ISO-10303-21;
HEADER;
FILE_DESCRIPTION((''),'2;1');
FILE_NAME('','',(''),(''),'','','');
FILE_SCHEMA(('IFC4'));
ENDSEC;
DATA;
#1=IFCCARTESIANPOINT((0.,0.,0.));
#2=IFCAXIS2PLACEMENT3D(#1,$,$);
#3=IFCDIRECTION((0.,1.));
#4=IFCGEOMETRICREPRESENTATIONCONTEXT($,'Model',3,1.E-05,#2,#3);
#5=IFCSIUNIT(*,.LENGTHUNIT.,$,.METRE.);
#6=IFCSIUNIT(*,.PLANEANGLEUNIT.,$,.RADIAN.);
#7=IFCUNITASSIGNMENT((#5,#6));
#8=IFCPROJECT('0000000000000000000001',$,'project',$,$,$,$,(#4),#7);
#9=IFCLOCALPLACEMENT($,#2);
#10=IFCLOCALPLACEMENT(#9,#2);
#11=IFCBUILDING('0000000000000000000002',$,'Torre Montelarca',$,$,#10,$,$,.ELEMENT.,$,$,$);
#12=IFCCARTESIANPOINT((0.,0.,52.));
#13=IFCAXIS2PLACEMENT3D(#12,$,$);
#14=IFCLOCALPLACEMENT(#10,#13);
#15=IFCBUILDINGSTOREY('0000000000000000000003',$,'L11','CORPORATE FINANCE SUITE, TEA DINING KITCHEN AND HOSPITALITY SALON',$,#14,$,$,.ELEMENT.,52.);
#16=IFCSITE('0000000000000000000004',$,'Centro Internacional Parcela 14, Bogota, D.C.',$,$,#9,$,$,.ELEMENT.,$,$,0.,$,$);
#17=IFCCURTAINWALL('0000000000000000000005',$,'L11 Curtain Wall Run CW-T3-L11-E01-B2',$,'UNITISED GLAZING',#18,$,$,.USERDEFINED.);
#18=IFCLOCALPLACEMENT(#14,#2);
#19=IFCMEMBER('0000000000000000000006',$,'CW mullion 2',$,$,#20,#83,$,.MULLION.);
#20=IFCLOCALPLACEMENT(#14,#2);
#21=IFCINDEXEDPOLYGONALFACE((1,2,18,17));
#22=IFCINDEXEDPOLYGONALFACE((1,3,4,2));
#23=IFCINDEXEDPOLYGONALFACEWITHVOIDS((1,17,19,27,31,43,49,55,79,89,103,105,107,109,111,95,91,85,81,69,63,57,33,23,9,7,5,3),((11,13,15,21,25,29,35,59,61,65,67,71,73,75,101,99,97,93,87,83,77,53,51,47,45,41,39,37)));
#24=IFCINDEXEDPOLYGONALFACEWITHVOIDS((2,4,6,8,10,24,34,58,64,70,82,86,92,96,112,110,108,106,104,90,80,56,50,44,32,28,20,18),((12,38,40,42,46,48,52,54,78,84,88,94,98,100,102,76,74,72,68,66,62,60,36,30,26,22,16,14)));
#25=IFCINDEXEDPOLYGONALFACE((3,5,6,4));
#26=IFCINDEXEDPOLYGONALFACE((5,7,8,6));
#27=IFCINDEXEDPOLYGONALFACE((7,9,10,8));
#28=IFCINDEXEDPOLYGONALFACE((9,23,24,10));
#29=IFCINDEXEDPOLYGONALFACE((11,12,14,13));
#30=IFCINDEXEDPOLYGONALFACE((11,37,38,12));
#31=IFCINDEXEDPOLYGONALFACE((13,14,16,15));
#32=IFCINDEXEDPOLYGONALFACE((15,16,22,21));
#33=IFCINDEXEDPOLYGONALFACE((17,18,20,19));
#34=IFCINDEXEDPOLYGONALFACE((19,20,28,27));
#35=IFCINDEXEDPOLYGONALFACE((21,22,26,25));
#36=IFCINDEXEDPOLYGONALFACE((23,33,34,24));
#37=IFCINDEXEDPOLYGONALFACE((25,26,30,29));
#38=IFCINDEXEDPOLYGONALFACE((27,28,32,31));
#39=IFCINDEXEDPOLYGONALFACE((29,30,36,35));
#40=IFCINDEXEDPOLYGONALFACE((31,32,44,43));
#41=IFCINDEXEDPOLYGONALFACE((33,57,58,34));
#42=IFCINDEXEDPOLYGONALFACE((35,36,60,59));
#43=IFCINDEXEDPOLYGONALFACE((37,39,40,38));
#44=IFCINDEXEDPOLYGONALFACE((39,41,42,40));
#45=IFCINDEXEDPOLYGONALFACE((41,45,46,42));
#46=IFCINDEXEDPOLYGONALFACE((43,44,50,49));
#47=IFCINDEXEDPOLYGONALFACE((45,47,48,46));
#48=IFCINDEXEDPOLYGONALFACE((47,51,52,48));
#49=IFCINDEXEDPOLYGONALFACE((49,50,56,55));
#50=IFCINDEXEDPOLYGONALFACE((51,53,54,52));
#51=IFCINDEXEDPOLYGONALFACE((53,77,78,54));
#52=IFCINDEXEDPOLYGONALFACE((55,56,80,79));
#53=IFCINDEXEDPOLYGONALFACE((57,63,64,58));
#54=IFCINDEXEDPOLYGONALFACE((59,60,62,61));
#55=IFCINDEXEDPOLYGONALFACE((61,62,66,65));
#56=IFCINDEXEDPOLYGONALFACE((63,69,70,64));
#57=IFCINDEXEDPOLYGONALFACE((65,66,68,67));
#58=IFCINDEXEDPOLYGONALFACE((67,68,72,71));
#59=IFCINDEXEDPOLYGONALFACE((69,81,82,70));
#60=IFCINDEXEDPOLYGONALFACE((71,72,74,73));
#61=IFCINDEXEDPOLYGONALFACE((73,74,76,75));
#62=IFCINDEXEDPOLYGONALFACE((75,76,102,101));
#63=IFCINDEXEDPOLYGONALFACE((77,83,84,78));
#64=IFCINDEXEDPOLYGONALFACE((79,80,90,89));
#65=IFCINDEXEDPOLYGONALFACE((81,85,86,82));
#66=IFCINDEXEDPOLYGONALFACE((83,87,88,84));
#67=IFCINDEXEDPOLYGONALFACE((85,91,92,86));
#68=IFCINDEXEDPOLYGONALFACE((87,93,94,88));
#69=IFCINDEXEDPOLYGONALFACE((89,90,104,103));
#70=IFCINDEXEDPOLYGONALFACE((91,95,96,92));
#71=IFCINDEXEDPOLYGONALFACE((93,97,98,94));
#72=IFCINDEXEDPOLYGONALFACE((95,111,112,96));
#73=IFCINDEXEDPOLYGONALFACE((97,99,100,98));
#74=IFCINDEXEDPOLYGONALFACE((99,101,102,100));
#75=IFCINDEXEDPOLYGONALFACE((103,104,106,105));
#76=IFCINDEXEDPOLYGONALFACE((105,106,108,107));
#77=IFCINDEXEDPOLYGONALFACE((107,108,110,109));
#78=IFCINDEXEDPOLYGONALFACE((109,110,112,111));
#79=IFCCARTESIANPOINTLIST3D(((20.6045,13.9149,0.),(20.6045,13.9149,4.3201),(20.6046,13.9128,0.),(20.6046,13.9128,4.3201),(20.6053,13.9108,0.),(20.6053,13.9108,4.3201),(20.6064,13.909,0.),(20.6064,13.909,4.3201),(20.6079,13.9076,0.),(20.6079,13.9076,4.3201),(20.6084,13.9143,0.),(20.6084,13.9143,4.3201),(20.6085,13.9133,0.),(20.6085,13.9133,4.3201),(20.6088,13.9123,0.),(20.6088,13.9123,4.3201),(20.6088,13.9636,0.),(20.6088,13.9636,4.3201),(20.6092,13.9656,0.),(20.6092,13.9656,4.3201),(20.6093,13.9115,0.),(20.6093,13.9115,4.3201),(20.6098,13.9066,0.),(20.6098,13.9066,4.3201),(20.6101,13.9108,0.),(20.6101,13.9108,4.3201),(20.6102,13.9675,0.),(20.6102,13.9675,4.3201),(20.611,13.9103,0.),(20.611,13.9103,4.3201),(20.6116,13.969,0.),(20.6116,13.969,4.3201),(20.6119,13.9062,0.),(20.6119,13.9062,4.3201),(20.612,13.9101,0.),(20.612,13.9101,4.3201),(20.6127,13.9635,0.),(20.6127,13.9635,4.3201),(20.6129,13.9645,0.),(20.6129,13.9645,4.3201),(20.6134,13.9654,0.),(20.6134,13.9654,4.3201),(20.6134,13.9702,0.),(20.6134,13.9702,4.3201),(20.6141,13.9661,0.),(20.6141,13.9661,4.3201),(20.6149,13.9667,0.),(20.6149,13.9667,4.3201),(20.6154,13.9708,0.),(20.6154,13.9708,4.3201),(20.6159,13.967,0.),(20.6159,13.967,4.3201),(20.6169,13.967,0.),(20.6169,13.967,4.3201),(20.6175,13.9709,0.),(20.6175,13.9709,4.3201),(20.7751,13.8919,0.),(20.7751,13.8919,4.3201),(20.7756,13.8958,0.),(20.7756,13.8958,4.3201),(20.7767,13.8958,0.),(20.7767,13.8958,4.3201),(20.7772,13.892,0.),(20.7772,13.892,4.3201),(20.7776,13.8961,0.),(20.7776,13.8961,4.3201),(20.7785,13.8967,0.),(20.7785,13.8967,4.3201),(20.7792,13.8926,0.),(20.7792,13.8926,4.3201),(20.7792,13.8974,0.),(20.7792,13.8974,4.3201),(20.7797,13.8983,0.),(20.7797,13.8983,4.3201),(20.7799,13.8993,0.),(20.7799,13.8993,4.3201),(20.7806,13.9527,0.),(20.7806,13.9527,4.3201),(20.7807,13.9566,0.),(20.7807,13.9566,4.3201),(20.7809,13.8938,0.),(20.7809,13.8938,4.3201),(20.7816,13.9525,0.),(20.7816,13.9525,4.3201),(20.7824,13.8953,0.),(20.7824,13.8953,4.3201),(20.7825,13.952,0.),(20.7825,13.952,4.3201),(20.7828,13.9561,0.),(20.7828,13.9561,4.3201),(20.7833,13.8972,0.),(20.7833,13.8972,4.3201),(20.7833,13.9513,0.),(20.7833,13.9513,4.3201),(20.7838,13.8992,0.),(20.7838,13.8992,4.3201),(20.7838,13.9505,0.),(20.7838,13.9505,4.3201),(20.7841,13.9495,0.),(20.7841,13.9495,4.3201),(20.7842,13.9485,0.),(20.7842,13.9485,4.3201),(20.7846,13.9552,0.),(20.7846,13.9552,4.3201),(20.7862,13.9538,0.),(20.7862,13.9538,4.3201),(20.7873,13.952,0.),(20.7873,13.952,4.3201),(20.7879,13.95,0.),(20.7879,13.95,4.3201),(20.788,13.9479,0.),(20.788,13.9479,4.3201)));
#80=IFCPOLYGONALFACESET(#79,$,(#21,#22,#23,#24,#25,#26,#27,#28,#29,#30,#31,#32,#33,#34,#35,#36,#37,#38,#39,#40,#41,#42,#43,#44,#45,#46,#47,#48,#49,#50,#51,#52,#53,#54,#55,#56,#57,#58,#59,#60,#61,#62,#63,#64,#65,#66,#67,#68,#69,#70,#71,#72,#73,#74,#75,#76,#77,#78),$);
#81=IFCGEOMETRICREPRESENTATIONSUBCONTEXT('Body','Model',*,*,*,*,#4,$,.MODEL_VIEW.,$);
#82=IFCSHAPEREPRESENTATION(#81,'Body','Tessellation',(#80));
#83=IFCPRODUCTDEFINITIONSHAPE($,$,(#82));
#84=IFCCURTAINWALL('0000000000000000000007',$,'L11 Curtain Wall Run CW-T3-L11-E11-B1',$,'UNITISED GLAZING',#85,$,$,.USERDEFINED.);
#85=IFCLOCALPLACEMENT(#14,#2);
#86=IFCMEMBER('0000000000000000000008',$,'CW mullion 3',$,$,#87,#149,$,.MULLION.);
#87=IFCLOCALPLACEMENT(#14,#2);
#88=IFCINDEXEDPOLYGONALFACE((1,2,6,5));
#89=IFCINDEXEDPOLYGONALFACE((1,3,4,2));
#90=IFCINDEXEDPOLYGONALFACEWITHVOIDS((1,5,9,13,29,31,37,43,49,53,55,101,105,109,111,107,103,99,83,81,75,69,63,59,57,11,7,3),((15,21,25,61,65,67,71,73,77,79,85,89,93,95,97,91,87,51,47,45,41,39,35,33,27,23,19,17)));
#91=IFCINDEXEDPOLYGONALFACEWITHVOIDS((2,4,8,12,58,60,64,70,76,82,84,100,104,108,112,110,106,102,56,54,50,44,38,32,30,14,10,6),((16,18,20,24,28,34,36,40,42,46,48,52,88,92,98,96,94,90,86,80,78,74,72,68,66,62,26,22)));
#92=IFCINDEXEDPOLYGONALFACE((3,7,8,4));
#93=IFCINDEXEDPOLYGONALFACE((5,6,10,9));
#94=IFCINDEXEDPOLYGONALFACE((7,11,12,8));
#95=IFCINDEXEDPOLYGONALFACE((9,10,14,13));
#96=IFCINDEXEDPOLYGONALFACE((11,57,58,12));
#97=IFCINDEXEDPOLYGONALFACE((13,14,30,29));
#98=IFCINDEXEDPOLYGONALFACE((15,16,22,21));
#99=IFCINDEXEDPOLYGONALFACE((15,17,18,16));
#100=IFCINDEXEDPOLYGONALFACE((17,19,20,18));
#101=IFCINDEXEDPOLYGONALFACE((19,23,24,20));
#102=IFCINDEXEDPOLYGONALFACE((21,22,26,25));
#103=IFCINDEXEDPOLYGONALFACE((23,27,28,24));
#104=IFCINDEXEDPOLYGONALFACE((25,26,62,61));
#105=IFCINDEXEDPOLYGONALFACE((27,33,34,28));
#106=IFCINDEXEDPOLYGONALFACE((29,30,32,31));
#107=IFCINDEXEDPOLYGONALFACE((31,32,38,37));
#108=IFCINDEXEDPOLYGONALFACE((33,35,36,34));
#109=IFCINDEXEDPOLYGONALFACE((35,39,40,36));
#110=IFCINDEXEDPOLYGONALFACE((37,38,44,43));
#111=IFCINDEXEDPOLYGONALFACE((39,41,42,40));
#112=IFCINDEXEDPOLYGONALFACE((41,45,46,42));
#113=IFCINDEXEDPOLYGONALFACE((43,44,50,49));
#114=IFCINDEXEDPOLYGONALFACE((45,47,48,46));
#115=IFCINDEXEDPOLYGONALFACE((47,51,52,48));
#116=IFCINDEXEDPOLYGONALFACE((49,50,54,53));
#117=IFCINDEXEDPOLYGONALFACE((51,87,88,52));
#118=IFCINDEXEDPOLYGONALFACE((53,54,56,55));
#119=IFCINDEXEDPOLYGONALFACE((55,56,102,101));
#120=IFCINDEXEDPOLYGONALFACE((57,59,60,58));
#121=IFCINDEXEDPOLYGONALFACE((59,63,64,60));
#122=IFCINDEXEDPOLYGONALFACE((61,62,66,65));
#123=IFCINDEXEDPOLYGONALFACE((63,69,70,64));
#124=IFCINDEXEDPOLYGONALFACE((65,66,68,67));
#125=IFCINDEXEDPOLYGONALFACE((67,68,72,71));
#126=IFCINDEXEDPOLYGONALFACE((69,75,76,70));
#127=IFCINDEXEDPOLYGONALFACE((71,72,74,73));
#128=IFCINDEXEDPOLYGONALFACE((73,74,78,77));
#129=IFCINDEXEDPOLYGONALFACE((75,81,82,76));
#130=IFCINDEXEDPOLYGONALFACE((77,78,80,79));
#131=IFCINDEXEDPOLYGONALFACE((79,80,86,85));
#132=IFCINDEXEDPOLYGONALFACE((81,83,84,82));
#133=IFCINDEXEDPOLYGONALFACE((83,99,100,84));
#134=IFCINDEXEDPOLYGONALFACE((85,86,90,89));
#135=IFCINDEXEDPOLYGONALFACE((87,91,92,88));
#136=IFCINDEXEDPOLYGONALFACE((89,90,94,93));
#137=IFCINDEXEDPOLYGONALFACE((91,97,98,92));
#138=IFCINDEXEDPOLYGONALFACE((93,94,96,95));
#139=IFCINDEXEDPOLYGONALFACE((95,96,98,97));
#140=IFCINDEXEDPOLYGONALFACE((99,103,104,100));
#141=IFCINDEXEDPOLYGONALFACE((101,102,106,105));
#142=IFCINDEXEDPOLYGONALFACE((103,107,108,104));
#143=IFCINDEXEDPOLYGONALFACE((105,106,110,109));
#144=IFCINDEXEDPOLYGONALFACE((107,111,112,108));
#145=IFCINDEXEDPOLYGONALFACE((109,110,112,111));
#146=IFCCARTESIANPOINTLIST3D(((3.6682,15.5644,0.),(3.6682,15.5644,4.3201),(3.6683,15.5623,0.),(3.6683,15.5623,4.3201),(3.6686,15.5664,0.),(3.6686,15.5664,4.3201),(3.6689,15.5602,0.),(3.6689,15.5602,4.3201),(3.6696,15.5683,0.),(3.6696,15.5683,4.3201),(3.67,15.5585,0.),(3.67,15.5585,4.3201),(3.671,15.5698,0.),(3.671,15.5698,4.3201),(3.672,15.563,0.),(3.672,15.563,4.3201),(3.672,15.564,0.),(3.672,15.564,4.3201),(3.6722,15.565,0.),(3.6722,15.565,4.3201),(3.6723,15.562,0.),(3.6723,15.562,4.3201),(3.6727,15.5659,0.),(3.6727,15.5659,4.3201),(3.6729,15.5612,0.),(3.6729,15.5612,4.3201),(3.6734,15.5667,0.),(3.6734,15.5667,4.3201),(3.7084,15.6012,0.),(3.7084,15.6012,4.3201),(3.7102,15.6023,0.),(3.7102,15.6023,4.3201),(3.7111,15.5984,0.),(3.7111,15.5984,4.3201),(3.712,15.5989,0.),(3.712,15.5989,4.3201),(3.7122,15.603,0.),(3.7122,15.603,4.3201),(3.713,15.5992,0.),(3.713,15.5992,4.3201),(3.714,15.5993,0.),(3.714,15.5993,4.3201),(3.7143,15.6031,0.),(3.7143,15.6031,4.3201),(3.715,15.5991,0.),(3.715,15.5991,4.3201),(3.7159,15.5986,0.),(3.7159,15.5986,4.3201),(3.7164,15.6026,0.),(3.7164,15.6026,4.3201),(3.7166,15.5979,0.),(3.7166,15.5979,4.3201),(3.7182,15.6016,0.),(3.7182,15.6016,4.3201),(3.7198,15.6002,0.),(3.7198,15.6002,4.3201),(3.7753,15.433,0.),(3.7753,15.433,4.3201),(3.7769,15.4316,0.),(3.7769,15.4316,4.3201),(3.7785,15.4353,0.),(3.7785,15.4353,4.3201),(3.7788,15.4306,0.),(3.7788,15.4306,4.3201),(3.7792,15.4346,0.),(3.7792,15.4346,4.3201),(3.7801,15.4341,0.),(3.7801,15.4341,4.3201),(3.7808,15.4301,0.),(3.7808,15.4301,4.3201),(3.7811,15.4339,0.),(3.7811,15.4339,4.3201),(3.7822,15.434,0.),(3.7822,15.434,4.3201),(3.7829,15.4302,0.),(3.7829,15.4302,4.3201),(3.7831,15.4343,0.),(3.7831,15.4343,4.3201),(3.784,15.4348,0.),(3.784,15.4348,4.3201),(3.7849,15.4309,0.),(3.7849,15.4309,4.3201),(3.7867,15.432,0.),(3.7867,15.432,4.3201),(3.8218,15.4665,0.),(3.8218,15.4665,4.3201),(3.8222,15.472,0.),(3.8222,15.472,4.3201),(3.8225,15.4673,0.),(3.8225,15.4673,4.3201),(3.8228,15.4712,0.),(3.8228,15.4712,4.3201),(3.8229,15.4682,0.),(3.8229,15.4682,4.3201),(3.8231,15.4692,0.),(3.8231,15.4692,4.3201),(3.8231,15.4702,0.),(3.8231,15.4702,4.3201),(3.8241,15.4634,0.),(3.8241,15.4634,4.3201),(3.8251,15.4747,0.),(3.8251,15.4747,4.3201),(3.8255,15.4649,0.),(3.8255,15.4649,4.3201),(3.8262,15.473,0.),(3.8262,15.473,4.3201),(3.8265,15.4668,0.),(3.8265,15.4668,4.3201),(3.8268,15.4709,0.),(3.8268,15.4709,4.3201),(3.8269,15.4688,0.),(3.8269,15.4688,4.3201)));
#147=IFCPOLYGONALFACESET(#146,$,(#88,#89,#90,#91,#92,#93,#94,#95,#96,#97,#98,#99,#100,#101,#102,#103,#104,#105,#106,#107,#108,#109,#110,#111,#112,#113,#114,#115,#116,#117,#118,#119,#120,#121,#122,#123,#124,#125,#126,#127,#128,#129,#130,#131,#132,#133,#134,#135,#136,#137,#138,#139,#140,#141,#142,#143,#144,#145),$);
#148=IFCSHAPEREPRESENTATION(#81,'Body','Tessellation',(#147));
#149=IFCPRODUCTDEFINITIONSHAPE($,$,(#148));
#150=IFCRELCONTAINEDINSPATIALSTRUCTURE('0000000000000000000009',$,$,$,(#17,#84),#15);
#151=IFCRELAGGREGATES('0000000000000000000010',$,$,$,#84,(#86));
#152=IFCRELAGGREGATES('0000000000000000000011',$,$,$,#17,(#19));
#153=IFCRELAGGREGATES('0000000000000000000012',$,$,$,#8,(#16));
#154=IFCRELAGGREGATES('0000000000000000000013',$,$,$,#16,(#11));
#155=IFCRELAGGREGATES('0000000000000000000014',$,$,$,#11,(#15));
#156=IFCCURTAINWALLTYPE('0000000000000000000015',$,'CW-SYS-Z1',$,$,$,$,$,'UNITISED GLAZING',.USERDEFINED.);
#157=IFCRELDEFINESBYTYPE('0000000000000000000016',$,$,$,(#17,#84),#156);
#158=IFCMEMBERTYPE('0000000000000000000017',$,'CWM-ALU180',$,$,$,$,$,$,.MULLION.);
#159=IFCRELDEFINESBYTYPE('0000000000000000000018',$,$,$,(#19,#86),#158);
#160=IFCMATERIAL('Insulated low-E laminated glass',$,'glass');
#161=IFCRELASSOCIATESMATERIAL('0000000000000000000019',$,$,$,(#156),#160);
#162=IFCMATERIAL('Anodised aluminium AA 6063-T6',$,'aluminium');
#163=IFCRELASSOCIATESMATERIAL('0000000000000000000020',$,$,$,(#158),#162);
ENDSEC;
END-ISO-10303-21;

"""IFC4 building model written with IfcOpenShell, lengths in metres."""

from ifc_helpers import new_model, si_unit, direction, frame, origin, origin_2d, place, context, subcontext, project, spatial, hollow_rectangle, extrude, source, transform, mapped, material, material_profile, profile_set, type_object, element, aggregate, save


model = new_model("IFC4")

# Units and contexts
model_context = context("Model", 3, precision=1e-05, world=origin(), true_north=direction((0.0, 1.0)))
body_context = subcontext(model_context, "Body", "Model", "MODEL_VIEW")
ifc_project = project(units=[si_unit("LENGTHUNIT", "METRE"), si_unit("PLANEANGLEUNIT", "RADIAN")], contexts=[model_context])

# Site, building, storey
site_placement = place(None, origin())
site = spatial("IfcSite", under=ifc_project, at=site_placement, Name="Centro Internacional Parcela 14, Bogota, D.C.", CompositionType="ELEMENT", RefElevation=0.0)
building_placement = place(site_placement, origin())
building = spatial("IfcBuilding", under=site, at=building_placement, Name="Torre Montelarca", CompositionType="ELEMENT")
storey_placement = place(building_placement, frame((0.0, 0.0, 52.0)))
storey = spatial("IfcBuildingStorey", under=building, at=storey_placement, Name="L11", Description="CORPORATE FINANCE SUITE, TEA DINING KITCHEN AND HOSPITALITY SALON", CompositionType="ELEMENT", Elevation=52.0)

# Curtain wall, member
ifc_material_1 = material(Name="Insulated low-E laminated glass", Category="glass")
curtain_wall_type = type_object("IfcCurtainWallType", Name="CW-SYS-Z1", ElementType="UNITISED GLAZING", PredefinedType="USERDEFINED", material=ifc_material_1)
ifc_material_2 = material(Name="Anodised aluminium AA 6063-T6", Category="aluminium")
ifc_material_profile_1 = material_profile(ifc_material_2, hollow_rectangle(XDim=0.0649, YDim=0.1799, WallThickness=0.0039, InnerFilletRadius=0.0039, OuterFilletRadius=0.0081, at=origin_2d()), Name="ALU65X180X4", Category="aluminium")
ifc_profile_set_1 = profile_set([ifc_material_profile_1], Name="Anodised aluminium AA 6063-T6")
member_type_1 = type_object("IfcMemberType", Name="CWM-ALU180", PredefinedType="MULLION", material=ifc_profile_set_1)
shared_shape_1 = source(origin(), body_context, "Body", "SweptSolid", [
    extrude(hollow_rectangle(XDim=0.0649, YDim=0.1799, WallThickness=0.0039, InnerFilletRadius=0.0039, OuterFilletRadius=0.0081, at=origin_2d()), origin(), (0.0, 0.0, 1.0), 4.3201),
])
curtain_wall_1_placement = place(storey_placement, origin())
curtain_wall_1 = element("IfcCurtainWall", 1, at=curtain_wall_1_placement, inside=storey, type_object=curtain_wall_type, Name="L11 Curtain Wall Run CW-T3-L11-E01-B2", ObjectType="UNITISED GLAZING", PredefinedType="USERDEFINED")
member_1_placement = place(storey_placement, frame((20.6963, 13.9314, 0.0), z_axis=(0.0, 0.0, 1.0), x_axis=(0.087159, 0.996194, 0.0)))
member_1 = element("IfcMember", 2, at=member_1_placement, type_object=member_type_1, Name="CW mullion 2", PredefinedType="MULLION", context=body_context, shape_type="MappedRepresentation", body=[
    mapped(shared_shape_1, transform((0.0, 0.0, 0.0), scale=1.0)),
])

# Curtain wall, member
curtain_wall_2_placement = place(storey_placement, origin())
curtain_wall_2 = element("IfcCurtainWall", 3, at=curtain_wall_2_placement, inside=storey, type_object=curtain_wall_type, Name="L11 Curtain Wall Run CW-T3-L11-E11-B1", ObjectType="UNITISED GLAZING", PredefinedType="USERDEFINED")
member_2_placement = place(storey_placement, frame((3.7476, 15.5166, 0.0), z_axis=(0.0, 0.0, 1.0), x_axis=(0.766043, 0.64279, 0.0)))
member_2 = element("IfcMember", 4, at=member_2_placement, type_object=member_type_1, Name="CW mullion 3", PredefinedType="MULLION", context=body_context, shape_type="MappedRepresentation", body=[
    mapped(shared_shape_1, transform((0.0, 0.0, 0.0), scale=1.0)),
])

aggregate(curtain_wall_2, [member_2])
aggregate(curtain_wall_1, [member_1])

save(model, "model.ifc")
